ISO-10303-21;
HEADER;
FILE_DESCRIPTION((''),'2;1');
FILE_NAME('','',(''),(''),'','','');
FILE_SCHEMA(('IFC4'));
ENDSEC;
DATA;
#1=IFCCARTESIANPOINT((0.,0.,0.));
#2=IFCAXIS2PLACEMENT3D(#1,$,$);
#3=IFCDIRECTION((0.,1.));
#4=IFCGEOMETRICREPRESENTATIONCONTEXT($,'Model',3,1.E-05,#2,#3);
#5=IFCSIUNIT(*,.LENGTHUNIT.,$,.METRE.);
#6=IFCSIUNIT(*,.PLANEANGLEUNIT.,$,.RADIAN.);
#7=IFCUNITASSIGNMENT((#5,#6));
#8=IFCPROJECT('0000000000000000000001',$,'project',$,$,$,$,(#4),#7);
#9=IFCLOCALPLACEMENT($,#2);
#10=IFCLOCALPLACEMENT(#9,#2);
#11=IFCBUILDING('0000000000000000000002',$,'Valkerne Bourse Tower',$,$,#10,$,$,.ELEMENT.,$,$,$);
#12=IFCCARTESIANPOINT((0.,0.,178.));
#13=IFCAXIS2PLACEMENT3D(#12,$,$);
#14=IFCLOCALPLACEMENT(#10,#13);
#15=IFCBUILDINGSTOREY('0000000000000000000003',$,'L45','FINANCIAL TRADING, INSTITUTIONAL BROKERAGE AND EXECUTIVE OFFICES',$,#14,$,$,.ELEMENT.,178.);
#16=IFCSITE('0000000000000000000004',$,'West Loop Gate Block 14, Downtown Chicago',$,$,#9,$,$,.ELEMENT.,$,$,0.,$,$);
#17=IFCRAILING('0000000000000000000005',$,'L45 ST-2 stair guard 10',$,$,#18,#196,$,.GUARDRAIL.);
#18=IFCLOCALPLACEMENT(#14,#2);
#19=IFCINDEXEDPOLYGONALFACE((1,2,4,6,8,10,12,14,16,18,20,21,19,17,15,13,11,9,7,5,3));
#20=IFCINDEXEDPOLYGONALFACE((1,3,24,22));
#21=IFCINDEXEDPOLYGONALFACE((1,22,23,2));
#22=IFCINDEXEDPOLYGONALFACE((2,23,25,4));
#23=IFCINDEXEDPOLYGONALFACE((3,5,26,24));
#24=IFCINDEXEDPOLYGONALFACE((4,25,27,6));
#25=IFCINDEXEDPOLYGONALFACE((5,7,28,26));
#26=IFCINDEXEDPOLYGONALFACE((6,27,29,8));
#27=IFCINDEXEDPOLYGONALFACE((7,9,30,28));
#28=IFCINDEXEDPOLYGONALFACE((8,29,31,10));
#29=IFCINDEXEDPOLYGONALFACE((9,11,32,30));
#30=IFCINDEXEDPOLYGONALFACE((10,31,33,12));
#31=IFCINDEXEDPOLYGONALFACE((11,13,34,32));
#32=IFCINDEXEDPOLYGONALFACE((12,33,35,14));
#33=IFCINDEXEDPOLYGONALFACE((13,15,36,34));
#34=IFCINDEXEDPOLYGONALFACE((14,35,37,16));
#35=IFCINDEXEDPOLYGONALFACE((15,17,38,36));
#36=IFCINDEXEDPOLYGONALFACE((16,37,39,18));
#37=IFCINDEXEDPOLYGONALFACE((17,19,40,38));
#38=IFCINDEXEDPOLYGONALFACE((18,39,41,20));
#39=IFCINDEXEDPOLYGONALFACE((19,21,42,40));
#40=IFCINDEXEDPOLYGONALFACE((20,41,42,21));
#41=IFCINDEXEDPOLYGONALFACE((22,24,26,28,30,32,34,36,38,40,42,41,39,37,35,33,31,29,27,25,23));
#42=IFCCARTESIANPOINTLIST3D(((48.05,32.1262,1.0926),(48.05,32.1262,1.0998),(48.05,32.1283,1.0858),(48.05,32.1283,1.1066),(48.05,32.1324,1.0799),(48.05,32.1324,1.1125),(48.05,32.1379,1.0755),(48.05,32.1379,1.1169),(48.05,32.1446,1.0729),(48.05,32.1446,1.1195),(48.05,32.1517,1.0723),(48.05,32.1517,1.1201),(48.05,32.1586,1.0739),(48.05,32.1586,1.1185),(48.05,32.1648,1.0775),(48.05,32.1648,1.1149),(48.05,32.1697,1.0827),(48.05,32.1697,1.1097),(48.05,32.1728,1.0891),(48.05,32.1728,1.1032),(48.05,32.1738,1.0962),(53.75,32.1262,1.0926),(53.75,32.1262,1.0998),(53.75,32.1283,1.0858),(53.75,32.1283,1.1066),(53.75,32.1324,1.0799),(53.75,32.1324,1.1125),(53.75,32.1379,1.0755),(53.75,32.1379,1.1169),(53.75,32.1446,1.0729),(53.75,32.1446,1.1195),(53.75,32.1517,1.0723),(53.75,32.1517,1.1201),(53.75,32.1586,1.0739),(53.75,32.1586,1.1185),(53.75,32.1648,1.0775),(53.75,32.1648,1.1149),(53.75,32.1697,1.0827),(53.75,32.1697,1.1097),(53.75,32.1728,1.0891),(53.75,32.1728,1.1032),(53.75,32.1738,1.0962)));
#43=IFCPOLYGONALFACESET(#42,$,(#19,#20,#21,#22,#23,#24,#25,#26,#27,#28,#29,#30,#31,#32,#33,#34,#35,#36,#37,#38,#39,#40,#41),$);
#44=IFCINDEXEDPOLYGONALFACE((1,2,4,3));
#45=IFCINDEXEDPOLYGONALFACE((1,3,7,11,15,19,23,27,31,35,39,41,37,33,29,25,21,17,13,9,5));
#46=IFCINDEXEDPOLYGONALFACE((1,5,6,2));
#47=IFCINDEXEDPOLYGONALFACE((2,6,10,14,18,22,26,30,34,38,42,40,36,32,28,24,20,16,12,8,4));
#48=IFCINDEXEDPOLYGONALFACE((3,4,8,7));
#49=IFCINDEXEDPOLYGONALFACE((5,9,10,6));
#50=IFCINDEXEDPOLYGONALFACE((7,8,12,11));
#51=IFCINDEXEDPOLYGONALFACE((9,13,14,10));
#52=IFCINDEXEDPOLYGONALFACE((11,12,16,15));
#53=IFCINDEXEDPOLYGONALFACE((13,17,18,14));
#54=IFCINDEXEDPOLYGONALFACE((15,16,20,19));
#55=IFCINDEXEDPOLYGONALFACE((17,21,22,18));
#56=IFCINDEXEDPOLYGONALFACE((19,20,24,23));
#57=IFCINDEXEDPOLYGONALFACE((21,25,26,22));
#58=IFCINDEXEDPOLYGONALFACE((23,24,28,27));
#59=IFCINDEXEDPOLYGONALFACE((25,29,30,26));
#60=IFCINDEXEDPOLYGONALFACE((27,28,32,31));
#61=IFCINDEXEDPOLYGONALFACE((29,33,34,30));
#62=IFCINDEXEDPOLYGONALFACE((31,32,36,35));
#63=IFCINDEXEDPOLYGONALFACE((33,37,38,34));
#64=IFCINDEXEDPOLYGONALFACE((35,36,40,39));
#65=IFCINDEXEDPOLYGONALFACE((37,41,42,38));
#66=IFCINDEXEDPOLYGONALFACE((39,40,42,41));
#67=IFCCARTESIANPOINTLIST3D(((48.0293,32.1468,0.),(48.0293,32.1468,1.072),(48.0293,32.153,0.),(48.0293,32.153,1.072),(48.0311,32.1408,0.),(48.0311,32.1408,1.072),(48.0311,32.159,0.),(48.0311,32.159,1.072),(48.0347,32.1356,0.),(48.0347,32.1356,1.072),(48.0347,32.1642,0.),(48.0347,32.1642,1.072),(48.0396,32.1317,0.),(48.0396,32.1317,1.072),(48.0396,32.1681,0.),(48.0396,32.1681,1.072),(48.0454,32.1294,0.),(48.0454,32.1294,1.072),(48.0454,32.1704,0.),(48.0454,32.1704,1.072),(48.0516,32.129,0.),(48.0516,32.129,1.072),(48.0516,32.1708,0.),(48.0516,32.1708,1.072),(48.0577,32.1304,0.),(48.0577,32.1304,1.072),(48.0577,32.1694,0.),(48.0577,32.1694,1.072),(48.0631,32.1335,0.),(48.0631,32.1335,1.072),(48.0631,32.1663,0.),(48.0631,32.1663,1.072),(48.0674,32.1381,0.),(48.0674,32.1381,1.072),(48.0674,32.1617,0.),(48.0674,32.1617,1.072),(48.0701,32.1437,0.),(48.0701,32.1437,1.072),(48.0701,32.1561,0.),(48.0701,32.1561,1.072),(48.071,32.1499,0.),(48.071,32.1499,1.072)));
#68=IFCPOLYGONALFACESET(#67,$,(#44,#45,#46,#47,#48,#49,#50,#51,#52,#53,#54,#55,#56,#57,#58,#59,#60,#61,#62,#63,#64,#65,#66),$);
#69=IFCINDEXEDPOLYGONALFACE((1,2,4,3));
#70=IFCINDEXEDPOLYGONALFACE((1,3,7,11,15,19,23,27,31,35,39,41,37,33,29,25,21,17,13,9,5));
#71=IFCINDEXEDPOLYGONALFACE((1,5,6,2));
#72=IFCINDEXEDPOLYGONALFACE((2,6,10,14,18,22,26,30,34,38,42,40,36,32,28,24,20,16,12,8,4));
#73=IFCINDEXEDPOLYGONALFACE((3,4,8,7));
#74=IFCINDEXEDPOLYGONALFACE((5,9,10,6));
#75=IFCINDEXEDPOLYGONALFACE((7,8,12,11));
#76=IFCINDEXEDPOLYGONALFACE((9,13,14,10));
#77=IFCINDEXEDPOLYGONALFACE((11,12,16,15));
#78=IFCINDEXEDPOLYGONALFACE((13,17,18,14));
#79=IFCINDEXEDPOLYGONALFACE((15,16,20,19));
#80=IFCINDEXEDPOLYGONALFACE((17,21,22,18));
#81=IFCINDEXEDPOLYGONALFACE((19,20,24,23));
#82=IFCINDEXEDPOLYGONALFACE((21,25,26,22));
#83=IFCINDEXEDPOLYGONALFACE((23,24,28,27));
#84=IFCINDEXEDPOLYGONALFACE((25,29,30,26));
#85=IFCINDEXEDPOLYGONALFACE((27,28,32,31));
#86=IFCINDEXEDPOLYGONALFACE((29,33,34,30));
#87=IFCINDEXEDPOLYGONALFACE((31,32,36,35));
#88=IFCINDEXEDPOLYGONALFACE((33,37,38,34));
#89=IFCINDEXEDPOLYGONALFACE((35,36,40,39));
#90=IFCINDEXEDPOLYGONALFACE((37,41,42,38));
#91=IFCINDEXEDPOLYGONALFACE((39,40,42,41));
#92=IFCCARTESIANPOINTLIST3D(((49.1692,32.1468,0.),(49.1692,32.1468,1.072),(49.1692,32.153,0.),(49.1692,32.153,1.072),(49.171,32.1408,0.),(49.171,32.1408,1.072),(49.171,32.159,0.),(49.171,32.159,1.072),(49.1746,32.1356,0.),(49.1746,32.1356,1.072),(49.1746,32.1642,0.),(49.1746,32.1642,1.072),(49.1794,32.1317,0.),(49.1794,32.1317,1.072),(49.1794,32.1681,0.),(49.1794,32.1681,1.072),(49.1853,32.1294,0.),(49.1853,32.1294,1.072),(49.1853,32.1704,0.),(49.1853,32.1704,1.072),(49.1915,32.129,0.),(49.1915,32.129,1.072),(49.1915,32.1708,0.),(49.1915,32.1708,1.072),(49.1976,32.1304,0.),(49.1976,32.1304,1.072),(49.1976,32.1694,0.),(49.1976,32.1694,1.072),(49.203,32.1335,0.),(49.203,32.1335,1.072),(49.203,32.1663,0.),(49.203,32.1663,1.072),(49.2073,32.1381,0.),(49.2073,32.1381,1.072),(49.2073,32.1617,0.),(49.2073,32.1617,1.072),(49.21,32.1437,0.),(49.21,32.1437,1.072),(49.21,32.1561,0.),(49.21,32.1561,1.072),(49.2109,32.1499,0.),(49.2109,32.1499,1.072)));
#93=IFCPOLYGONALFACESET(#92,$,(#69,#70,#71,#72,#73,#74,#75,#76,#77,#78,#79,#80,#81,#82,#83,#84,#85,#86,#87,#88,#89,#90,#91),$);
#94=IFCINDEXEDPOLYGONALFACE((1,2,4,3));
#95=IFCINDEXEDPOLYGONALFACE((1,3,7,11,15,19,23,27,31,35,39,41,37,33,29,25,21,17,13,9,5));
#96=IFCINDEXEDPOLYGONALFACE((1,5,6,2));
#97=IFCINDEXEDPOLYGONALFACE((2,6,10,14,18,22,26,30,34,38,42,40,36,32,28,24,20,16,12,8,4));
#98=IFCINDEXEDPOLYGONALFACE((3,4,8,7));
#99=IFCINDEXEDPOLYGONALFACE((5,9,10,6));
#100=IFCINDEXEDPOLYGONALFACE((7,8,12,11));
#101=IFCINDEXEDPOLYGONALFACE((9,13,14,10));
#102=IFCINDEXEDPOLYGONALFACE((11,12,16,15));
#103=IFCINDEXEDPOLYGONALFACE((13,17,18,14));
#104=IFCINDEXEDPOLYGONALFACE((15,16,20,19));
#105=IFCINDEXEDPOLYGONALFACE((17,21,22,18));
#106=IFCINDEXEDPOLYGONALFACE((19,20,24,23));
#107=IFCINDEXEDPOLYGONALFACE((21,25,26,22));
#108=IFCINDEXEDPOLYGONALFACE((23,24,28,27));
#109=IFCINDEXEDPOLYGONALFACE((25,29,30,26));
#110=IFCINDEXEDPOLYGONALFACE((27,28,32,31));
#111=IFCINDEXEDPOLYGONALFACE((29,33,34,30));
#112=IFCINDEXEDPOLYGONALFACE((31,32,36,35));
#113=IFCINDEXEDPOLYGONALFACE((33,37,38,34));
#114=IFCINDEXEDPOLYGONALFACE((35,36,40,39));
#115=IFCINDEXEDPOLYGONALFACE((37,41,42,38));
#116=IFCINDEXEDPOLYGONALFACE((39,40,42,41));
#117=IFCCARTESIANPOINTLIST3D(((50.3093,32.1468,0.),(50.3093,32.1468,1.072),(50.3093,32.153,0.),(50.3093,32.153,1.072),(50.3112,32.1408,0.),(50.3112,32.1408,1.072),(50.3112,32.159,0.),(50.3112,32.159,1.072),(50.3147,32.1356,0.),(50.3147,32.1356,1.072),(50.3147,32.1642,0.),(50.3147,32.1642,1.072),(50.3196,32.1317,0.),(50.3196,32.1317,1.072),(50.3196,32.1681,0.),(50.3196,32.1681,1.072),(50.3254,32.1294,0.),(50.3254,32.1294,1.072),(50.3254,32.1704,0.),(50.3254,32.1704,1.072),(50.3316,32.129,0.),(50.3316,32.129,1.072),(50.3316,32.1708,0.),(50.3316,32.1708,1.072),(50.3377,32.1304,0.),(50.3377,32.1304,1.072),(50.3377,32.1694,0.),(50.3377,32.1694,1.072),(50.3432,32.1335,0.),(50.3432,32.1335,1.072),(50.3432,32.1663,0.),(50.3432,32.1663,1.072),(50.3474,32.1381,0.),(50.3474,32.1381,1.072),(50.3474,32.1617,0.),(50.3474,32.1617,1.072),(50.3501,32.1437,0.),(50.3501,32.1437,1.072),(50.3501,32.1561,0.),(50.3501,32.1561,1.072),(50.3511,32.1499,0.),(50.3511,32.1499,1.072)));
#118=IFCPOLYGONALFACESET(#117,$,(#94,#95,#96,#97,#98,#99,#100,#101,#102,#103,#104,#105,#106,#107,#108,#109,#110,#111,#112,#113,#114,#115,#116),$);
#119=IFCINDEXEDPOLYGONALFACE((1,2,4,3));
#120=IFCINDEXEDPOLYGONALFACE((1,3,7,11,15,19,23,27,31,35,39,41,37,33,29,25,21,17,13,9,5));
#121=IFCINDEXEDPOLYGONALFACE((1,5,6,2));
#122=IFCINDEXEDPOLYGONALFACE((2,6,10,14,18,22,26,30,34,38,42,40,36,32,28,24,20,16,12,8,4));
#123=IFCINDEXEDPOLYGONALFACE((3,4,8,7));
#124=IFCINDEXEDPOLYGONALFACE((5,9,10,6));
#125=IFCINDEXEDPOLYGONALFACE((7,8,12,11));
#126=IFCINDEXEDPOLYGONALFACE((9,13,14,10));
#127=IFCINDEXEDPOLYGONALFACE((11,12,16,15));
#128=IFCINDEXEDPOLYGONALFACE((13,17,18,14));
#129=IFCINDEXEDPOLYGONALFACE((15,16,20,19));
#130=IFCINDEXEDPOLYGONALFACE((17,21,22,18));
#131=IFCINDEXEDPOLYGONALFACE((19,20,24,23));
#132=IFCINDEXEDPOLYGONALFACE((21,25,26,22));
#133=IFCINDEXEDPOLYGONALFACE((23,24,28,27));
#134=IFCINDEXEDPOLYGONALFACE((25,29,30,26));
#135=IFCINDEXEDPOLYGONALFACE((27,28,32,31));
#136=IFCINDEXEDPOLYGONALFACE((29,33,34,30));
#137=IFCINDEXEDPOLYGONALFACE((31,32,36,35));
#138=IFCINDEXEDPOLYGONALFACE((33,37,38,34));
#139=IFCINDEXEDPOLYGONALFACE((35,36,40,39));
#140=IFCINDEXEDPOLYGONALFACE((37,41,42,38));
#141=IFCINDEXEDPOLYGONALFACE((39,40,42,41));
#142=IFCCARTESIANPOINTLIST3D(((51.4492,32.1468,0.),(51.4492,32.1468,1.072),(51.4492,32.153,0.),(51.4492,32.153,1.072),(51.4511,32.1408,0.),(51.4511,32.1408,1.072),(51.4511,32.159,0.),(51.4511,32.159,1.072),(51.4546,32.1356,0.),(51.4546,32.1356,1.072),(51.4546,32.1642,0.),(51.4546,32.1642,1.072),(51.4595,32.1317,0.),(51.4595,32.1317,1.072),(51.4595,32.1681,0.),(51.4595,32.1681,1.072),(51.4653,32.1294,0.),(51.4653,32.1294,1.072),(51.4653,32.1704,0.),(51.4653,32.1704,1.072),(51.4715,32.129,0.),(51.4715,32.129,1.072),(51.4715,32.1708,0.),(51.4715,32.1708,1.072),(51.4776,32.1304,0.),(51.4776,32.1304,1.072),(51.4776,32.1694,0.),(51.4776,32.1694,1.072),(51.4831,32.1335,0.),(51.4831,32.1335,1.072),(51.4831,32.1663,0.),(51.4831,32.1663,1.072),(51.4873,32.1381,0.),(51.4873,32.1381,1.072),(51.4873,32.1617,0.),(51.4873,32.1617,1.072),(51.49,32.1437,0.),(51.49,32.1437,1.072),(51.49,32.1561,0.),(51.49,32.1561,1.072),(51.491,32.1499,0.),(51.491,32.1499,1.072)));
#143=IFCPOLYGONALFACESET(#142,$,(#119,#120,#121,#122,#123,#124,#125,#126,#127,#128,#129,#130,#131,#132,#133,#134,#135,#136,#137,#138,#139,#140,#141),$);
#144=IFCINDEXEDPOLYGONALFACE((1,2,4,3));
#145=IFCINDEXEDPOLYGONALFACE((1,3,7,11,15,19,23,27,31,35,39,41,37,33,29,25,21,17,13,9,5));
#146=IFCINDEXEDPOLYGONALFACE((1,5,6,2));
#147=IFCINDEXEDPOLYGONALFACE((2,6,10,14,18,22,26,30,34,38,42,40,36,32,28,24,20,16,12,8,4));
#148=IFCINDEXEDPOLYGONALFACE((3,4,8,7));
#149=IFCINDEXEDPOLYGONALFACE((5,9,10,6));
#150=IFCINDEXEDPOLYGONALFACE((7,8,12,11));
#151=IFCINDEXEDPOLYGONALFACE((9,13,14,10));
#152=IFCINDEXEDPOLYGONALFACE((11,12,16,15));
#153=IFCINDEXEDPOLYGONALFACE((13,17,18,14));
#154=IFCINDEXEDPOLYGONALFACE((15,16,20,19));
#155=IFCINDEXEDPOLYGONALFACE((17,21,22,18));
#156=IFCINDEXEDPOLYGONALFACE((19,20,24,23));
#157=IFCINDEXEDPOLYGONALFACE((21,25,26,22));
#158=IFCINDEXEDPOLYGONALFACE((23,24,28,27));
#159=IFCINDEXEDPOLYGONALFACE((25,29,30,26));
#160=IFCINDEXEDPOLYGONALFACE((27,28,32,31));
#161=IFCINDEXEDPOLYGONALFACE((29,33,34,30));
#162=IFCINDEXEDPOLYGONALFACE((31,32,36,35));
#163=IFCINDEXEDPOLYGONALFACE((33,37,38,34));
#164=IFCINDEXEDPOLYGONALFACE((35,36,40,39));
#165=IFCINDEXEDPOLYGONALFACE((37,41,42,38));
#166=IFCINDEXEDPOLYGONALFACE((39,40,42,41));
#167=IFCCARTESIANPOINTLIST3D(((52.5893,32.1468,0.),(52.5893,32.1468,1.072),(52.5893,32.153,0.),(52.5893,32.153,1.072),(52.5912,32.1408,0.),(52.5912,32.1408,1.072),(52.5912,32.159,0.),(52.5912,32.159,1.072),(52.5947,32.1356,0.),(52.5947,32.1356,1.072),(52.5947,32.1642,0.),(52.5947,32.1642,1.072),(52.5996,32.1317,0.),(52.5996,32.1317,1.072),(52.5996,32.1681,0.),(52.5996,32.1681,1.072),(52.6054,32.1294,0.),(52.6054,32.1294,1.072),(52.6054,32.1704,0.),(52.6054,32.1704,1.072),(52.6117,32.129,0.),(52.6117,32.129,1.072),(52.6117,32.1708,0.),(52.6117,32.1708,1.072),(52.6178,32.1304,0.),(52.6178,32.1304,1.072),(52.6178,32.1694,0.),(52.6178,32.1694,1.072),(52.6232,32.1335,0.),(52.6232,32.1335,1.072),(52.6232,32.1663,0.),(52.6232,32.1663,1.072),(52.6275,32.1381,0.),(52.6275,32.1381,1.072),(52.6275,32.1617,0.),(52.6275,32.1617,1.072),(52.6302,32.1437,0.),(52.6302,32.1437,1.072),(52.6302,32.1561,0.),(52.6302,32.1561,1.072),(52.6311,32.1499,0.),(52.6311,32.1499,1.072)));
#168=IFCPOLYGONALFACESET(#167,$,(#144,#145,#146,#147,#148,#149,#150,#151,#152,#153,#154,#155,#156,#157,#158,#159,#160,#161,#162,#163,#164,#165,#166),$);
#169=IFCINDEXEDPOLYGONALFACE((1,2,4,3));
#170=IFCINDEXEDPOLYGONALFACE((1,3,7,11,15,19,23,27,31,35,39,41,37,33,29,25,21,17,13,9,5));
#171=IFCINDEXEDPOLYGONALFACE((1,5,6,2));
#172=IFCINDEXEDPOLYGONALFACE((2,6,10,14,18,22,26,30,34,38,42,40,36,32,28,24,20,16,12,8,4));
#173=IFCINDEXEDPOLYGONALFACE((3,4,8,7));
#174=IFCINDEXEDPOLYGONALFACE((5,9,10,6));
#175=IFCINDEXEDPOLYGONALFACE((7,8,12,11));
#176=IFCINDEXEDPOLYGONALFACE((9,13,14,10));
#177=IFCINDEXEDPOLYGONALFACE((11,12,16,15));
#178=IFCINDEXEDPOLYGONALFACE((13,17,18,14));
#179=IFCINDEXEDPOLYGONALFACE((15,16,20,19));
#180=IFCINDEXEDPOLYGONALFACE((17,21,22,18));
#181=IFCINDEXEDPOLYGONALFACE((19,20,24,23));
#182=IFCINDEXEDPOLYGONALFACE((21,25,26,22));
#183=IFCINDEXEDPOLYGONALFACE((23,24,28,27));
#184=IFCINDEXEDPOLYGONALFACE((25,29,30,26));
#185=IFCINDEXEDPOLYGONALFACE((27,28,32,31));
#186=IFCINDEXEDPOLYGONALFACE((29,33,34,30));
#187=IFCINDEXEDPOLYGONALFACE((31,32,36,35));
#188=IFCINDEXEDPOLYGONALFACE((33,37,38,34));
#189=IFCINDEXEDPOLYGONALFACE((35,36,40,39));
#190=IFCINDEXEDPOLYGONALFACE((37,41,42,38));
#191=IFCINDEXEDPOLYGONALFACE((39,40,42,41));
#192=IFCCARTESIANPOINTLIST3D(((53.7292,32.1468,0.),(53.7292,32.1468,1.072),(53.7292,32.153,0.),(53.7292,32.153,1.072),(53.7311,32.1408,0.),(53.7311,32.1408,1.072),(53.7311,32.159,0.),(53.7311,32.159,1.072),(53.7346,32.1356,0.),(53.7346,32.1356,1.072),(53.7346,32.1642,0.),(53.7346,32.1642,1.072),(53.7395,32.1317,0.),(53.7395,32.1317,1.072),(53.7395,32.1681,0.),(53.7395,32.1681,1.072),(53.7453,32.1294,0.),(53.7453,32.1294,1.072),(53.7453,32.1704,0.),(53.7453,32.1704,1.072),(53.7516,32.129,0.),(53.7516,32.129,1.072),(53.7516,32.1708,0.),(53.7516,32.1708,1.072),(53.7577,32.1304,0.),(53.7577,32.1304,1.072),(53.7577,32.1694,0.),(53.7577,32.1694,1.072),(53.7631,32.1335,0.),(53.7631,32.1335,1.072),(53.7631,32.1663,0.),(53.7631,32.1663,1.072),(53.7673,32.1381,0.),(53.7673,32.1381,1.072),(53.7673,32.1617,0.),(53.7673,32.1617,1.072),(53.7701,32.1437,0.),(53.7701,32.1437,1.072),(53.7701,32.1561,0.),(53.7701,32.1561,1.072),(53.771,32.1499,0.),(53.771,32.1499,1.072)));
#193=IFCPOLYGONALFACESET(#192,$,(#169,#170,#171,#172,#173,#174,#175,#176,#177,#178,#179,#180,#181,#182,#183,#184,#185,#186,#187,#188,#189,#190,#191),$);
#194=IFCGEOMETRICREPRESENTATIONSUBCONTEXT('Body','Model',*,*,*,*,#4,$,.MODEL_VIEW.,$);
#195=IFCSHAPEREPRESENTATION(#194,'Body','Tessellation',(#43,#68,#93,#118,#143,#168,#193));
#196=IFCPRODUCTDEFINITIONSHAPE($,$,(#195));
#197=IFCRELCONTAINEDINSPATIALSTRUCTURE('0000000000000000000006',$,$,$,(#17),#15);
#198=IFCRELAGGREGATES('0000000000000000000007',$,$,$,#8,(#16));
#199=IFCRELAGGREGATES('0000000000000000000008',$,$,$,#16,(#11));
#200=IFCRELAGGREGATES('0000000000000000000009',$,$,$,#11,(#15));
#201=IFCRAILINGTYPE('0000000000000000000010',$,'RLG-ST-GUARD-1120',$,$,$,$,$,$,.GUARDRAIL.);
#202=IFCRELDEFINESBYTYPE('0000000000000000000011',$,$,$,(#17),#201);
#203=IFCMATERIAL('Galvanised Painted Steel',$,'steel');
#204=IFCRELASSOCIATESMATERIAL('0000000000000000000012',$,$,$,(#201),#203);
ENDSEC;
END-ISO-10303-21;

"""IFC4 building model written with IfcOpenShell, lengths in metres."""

from ifc_helpers import new_model, si_unit, direction, frame, origin, origin_2d, place, context, subcontext, project, spatial, circle, extrude, material, type_object, element, save


model = new_model("IFC4")

# Units and contexts
model_context = context("Model", 3, precision=1e-05, world=origin(), true_north=direction((0.0, 1.0)))
body_context = subcontext(model_context, "Body", "Model", "MODEL_VIEW")
ifc_project = project(units=[si_unit("LENGTHUNIT", "METRE"), si_unit("PLANEANGLEUNIT", "RADIAN")], contexts=[model_context])

# Site, building, storey
site_placement = place(None, origin())
site = spatial("IfcSite", under=ifc_project, at=site_placement, Name="West Loop Gate Block 14, Downtown Chicago", CompositionType="ELEMENT", RefElevation=0.0)
building_placement = place(site_placement, origin())
building = spatial("IfcBuilding", under=site, at=building_placement, Name="Valkerne Bourse Tower", CompositionType="ELEMENT")
storey_placement = place(building_placement, frame((0.0, 0.0, 178.0)))
storey = spatial("IfcBuildingStorey", under=building, at=storey_placement, Name="L45", Description="FINANCIAL TRADING, INSTITUTIONAL BROKERAGE AND EXECUTIVE OFFICES", CompositionType="ELEMENT", Elevation=178.0)

# Shared definitions
ifc_material_1 = material(Name="Galvanised Painted Steel", Category="steel")

# Railing
railing_type_1 = type_object("IfcRailingType", Name="RLG-ST-GUARD-1120", PredefinedType="GUARDRAIL", material=ifc_material_1)
for number, where, name in (
    (1, (48.05, 32.1499, 0.0), "L45 ST-2 stair guard 10"),
):
    element("IfcRailing", number, at=place(storey_placement, frame(where)), inside=storey, type_object=railing_type_1, Name=name, PredefinedType="GUARDRAIL", context=body_context, shape_type="SweptSolid", body=[
        extrude(circle(Radius=0.0239, at=origin_2d()), frame((0.0, 0.0, 1.0962), z_axis=(1.0, 0.0, 0.0), x_axis=(0.0, 1.0, 0.0)), (0.0, 0.0, 1.0), 5.7),
        extrude(circle(Radius=0.021, at=origin_2d()), origin(), (0.0, 0.0, 1.0), 1.072),
        extrude(circle(Radius=0.021, at=origin_2d()), frame((1.1399, 0.0, 0.0)), (0.0, 0.0, 1.0), 1.072),
        extrude(circle(Radius=0.021, at=origin_2d()), frame((2.28, 0.0, 0.0)), (0.0, 0.0, 1.0), 1.072),
        extrude(circle(Radius=0.021, at=origin_2d()), frame((3.4199, 0.0, 0.0)), (0.0, 0.0, 1.0), 1.072),
        extrude(circle(Radius=0.021, at=origin_2d()), frame((4.5601, 0.0, 0.0)), (0.0, 0.0, 1.0), 1.072),
        extrude(circle(Radius=0.021, at=origin_2d()), frame((5.7, 0.0, 0.0)), (0.0, 0.0, 1.0), 1.072),
    ])

save(model, "model.ifc")
